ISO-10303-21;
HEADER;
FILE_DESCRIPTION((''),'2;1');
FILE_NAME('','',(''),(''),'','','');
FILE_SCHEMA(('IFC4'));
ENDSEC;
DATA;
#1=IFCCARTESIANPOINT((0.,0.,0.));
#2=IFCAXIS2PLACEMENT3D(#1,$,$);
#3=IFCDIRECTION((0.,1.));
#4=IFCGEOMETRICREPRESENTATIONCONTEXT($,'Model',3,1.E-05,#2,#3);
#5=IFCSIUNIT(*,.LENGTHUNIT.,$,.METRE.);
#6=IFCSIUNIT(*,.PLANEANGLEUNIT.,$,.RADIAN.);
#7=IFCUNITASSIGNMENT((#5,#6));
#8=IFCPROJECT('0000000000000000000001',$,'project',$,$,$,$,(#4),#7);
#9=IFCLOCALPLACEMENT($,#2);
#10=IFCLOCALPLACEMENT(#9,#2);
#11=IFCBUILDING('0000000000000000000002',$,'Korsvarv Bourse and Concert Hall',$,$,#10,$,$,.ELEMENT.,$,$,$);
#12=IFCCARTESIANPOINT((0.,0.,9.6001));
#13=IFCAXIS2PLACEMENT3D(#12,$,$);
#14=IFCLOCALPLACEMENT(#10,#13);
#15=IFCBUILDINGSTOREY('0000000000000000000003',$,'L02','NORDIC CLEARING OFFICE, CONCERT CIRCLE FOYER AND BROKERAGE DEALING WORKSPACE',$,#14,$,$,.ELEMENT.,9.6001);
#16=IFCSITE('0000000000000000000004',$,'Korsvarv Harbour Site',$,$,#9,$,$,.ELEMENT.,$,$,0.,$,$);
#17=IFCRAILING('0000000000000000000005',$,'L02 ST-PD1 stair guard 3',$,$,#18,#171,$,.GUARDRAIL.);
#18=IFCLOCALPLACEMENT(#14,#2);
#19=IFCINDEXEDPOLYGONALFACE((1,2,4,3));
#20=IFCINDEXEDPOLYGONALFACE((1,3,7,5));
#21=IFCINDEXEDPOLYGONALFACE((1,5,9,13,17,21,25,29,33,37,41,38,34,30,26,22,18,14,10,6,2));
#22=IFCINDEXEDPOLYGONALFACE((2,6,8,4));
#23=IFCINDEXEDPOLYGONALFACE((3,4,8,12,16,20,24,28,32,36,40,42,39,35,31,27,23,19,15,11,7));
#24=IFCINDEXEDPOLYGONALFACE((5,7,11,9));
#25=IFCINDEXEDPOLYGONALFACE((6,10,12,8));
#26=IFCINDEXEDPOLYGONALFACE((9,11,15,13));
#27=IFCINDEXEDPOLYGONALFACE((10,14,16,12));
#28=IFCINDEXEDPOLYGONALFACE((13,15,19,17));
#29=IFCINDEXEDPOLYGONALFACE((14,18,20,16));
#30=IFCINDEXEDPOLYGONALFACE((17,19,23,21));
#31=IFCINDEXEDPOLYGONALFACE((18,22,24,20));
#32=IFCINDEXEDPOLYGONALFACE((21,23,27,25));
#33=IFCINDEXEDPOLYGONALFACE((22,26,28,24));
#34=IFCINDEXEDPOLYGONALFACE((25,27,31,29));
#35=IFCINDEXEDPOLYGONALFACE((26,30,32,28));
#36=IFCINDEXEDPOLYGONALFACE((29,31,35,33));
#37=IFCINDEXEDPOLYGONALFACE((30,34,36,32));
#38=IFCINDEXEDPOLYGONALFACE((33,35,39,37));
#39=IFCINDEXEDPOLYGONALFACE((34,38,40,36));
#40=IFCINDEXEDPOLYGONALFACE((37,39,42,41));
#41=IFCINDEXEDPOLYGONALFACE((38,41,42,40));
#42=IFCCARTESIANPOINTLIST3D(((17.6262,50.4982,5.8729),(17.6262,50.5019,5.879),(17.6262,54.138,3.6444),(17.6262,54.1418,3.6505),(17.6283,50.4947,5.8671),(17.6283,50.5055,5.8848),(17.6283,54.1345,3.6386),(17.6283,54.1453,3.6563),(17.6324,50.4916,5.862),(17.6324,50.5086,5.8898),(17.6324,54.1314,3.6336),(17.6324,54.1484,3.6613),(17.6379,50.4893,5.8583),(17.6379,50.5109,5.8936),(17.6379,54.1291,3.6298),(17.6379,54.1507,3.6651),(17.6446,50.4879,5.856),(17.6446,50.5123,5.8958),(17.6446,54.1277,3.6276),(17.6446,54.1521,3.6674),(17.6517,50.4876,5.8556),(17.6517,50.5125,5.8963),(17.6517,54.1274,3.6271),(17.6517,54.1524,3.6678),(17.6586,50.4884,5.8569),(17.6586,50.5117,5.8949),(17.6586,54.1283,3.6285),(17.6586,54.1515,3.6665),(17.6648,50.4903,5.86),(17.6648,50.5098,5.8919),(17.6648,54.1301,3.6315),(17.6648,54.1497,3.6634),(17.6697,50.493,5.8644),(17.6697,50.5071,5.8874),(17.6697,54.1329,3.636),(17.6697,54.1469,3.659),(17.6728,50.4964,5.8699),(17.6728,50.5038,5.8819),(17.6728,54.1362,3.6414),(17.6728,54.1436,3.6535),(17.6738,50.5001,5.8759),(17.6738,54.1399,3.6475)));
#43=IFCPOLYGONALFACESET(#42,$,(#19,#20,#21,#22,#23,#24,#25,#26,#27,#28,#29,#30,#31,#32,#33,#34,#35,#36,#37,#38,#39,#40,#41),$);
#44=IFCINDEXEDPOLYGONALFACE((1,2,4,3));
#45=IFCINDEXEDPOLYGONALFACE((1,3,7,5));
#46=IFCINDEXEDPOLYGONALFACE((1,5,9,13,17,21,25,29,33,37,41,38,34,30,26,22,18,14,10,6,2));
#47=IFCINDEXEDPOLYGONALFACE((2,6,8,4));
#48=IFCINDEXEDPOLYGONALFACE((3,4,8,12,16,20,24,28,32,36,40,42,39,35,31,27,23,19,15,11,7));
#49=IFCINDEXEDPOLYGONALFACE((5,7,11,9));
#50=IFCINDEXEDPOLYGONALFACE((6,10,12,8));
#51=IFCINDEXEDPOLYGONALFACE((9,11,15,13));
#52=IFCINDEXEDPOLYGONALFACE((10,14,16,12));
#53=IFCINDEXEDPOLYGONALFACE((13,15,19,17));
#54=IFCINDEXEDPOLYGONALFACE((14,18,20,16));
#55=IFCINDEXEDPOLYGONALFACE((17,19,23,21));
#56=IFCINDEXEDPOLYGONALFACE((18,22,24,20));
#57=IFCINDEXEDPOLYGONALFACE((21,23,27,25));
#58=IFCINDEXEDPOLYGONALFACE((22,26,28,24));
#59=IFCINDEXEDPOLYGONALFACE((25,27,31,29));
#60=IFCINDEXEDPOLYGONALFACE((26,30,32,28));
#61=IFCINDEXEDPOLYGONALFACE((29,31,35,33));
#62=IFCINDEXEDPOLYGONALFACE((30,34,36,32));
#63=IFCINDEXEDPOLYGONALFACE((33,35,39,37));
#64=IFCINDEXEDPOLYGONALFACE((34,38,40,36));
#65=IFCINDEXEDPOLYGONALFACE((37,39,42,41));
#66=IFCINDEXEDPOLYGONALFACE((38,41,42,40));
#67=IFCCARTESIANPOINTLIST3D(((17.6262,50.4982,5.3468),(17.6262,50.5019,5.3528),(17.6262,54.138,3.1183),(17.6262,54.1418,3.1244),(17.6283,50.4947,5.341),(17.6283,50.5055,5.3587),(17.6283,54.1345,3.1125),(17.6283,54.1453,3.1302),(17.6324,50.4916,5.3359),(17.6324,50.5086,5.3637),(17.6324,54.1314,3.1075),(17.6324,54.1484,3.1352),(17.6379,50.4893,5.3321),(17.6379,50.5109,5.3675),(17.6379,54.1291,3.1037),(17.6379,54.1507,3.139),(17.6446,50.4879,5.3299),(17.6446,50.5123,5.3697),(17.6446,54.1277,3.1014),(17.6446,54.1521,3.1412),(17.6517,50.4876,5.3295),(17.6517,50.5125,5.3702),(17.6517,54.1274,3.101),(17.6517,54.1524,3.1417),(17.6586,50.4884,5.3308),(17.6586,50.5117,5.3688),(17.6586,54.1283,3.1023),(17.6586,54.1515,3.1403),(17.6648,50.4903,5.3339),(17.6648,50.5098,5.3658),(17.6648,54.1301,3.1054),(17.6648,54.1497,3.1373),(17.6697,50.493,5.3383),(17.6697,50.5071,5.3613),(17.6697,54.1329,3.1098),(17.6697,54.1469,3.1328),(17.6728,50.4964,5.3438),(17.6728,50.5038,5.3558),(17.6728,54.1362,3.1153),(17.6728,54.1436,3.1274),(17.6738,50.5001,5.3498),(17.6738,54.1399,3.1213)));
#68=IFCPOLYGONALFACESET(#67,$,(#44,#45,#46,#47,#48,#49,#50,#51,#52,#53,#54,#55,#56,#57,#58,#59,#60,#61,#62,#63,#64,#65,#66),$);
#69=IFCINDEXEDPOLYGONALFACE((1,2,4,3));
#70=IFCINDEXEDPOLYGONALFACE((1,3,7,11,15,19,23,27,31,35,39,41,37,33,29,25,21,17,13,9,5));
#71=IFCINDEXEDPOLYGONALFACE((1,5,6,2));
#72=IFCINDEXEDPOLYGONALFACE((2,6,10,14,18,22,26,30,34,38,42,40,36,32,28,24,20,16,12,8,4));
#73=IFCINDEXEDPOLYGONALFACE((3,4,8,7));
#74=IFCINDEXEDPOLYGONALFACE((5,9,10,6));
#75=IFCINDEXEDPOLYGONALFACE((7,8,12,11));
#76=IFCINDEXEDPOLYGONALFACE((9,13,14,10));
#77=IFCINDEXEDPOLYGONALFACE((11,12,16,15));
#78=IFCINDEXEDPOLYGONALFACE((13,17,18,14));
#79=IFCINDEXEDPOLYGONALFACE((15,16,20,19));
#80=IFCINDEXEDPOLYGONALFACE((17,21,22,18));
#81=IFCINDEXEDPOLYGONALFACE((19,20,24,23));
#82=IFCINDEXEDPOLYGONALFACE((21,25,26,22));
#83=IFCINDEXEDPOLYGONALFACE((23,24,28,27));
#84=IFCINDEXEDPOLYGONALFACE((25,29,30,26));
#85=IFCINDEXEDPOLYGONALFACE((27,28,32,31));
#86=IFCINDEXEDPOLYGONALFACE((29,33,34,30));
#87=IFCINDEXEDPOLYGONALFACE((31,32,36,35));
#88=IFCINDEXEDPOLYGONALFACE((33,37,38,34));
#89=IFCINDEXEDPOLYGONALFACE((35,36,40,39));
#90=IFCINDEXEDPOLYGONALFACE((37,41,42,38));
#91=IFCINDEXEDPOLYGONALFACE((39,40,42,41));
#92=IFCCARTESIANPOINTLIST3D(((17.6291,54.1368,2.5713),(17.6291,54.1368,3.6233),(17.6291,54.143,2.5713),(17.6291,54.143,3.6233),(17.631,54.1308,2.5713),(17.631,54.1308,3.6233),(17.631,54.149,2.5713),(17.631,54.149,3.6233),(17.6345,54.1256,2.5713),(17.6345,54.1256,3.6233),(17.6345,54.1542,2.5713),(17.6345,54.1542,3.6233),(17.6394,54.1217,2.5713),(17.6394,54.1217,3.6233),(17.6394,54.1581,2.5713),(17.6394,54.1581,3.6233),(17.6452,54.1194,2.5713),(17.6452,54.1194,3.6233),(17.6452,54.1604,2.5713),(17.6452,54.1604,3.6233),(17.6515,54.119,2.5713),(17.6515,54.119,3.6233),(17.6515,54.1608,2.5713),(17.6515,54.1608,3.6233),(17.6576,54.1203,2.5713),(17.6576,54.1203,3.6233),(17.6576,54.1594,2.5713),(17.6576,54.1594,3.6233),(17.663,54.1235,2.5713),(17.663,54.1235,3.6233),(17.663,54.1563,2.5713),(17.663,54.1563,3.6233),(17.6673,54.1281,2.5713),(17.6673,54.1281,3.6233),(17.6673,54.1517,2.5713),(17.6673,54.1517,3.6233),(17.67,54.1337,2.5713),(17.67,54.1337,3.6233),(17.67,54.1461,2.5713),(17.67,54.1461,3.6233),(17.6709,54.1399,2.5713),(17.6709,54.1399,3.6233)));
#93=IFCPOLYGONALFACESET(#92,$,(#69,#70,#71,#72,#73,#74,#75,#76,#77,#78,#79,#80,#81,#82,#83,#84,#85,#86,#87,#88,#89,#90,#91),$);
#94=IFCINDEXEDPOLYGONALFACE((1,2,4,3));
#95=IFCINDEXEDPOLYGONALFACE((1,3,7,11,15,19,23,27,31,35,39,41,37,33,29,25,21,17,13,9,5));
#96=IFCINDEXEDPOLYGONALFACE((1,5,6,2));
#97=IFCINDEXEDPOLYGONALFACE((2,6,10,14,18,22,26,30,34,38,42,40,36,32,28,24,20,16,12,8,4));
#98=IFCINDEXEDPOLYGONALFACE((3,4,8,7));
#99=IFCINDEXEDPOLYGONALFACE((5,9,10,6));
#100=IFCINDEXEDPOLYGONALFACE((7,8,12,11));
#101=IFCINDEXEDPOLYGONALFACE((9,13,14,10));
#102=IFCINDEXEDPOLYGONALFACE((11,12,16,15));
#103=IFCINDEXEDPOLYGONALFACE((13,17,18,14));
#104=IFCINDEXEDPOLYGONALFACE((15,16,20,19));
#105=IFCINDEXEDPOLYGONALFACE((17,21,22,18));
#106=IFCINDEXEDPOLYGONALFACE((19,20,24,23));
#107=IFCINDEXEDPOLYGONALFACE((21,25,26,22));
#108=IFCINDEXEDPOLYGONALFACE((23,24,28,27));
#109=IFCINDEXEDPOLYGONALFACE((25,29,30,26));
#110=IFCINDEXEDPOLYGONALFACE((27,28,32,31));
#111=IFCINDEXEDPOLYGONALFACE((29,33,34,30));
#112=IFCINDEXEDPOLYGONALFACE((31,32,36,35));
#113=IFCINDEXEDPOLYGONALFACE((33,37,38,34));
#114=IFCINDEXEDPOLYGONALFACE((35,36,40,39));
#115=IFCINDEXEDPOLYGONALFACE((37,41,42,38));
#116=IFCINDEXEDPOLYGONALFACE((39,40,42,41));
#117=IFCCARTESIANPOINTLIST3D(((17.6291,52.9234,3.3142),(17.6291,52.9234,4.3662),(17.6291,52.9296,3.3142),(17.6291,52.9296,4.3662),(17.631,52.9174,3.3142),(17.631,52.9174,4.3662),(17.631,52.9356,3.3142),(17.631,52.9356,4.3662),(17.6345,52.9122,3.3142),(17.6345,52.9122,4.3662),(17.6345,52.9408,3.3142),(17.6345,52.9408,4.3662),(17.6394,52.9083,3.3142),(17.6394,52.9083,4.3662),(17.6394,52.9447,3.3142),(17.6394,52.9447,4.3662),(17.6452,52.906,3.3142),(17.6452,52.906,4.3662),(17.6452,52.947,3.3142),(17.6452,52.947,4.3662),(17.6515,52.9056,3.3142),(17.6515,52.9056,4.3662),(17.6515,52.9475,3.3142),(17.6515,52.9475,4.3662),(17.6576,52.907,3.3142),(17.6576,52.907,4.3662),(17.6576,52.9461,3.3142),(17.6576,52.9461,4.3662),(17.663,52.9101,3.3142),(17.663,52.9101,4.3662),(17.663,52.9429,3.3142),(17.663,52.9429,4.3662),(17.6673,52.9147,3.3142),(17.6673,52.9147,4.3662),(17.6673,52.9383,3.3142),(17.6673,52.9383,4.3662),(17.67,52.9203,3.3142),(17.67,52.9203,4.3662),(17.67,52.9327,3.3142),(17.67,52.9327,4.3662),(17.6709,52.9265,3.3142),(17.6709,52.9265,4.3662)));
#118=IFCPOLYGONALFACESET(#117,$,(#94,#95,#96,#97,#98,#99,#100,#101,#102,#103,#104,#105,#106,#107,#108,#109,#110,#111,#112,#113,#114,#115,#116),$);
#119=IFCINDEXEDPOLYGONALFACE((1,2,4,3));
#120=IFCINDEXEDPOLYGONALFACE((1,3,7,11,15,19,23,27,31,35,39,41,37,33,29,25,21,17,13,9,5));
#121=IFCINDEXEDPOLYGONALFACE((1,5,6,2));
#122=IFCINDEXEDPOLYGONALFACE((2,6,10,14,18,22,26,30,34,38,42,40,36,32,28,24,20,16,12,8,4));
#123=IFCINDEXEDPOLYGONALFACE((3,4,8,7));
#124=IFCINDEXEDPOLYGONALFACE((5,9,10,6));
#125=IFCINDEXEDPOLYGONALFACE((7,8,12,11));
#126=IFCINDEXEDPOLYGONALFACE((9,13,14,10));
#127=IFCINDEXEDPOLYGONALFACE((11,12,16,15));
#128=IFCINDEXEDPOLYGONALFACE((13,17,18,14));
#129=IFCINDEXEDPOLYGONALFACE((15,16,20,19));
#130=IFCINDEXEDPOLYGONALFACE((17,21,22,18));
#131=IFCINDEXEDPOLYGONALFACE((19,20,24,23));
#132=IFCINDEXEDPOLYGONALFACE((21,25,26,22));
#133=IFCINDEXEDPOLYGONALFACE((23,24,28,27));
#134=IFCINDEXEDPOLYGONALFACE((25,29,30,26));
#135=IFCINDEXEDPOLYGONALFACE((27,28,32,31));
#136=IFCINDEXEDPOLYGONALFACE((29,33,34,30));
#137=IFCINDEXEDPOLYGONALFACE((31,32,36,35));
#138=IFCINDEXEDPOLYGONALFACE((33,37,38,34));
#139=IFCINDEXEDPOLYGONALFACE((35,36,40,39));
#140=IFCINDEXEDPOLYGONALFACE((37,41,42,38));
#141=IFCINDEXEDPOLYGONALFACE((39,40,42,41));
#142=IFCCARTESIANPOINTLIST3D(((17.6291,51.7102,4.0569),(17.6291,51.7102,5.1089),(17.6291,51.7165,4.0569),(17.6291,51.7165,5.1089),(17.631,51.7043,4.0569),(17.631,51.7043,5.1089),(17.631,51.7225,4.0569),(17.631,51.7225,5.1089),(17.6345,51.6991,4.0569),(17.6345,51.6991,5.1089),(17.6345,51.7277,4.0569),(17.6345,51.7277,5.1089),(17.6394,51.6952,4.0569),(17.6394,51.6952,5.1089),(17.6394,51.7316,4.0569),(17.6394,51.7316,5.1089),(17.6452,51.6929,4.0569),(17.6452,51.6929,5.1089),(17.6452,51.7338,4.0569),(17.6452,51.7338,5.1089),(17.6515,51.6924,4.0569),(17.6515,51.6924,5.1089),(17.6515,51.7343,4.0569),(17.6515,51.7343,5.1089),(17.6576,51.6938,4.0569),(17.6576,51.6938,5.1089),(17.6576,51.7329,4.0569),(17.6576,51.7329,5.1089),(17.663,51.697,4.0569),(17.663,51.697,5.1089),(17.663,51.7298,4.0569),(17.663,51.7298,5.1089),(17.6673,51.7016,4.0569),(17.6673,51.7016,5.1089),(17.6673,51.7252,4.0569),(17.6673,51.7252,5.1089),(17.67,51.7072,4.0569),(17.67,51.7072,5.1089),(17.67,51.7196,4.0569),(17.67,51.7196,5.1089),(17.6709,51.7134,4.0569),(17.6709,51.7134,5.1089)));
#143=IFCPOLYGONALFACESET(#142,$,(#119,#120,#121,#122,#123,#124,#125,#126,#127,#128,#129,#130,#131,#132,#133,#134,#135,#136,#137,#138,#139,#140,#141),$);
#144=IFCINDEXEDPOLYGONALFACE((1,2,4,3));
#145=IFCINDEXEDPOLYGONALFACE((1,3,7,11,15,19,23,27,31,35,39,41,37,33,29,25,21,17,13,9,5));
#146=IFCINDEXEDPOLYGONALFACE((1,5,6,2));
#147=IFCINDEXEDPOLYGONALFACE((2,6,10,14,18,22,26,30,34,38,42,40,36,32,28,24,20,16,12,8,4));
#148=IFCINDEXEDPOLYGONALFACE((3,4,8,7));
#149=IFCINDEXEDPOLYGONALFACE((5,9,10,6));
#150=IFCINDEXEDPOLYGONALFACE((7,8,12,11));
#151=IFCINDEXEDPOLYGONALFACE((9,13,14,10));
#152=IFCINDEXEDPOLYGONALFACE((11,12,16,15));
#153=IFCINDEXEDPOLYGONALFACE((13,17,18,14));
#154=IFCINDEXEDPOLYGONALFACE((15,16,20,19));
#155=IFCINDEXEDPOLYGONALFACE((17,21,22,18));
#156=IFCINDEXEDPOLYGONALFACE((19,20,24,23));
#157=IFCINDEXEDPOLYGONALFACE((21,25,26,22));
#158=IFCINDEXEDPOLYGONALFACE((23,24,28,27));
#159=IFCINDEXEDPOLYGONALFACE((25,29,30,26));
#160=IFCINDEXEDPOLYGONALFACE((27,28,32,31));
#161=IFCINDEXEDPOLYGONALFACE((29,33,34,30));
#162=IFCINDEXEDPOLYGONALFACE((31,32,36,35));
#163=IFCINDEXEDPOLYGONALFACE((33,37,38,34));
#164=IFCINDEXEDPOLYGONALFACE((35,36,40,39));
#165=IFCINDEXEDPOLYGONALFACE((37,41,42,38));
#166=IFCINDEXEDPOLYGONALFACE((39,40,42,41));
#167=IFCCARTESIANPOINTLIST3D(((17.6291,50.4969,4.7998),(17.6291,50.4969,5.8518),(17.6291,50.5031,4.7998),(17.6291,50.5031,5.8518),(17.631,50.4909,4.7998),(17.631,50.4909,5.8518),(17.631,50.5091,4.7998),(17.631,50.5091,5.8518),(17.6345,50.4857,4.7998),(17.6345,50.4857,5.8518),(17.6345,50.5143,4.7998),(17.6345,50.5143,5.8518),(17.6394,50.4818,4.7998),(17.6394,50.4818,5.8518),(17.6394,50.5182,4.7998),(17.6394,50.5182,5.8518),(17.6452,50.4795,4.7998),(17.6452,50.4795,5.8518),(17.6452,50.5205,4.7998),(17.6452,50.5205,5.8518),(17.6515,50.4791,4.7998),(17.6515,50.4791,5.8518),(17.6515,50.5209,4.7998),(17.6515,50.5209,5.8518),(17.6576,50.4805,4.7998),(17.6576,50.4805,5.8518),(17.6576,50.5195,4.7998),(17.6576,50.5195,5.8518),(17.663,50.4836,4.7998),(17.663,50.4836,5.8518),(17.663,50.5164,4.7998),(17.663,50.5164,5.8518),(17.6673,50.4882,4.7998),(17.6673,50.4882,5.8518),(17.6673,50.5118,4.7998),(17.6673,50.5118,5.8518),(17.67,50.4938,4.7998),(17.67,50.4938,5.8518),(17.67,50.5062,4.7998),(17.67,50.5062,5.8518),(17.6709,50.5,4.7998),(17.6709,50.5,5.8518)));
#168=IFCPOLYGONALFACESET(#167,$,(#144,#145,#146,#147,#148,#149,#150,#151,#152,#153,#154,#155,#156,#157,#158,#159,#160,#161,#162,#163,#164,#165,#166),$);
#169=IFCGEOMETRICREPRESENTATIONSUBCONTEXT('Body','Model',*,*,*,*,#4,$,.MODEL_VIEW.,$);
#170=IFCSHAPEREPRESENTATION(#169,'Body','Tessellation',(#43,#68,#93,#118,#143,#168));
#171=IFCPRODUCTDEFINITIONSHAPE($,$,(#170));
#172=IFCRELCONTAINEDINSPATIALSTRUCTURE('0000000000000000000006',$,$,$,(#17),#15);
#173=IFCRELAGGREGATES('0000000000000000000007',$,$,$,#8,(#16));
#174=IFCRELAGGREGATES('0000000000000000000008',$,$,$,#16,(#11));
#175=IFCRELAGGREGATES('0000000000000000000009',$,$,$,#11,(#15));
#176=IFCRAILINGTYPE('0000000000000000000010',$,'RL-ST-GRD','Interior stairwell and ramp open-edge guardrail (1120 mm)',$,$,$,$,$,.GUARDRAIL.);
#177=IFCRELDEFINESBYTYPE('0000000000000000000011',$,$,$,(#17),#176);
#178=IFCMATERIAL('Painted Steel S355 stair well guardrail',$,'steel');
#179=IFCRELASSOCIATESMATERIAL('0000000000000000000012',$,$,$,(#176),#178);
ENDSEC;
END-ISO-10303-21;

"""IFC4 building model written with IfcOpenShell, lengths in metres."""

from ifc_helpers import new_model, si_unit, direction, frame, origin, origin_2d, place, context, subcontext, project, spatial, circle, extrude, material, type_object, element, save


model = new_model("IFC4")

# Units and contexts
model_context = context("Model", 3, precision=1e-05, world=origin(), true_north=direction((0.0, 1.0)))
body_context = subcontext(model_context, "Body", "Model", "MODEL_VIEW")
ifc_project = project(units=[si_unit("LENGTHUNIT", "METRE"), si_unit("PLANEANGLEUNIT", "RADIAN")], contexts=[model_context])

# Site, building, storey
site_placement = place(None, origin())
site = spatial("IfcSite", under=ifc_project, at=site_placement, Name="Korsvarv Harbour Site", CompositionType="ELEMENT", RefElevation=0.0)
building_placement = place(site_placement, origin())
building = spatial("IfcBuilding", under=site, at=building_placement, Name="Korsvarv Bourse and Concert Hall", CompositionType="ELEMENT")
storey_placement = place(building_placement, frame((0.0, 0.0, 9.6001)))
storey = spatial("IfcBuildingStorey", under=building, at=storey_placement, Name="L02", Description="NORDIC CLEARING OFFICE, CONCERT CIRCLE FOYER AND BROKERAGE DEALING WORKSPACE", CompositionType="ELEMENT", Elevation=9.6001)

# Railing
ifc_material_1 = material(Name="Painted Steel S355 stair well guardrail", Category="steel")
railing_type_1 = type_object("IfcRailingType", Name="RL-ST-GRD", Description="Interior stairwell and ramp open-edge guardrail (1120 mm)", PredefinedType="GUARDRAIL", material=ifc_material_1)
railing_1_placement = place(storey_placement, frame((17.6499, 54.1399, 2.5713)))
element("IfcRailing", 1, at=railing_1_placement, inside=storey, type_object=railing_type_1, Name="L02 ST-PD1 stair guard 3", PredefinedType="GUARDRAIL", context=body_context, shape_type="SweptSolid", body=[
    extrude(circle(Radius=0.0239, at=origin_2d()), frame((0.0, 0.0, 1.0762), z_axis=(0.0, -0.85285, 0.522156), x_axis=(1.0, 0.0, 0.0)), (0.0, 0.0, 1.0), 4.2678),
    extrude(circle(Radius=0.0239, at=origin_2d()), frame((0.0, 0.0, 0.55), z_axis=(0.0, -0.85285, 0.522156), x_axis=(1.0, 0.0, 0.0)), (0.0, 0.0, 1.0), 4.2678),
    extrude(circle(Radius=0.021, at=origin_2d()), origin(), (0.0, 0.0, 1.0), 1.052),
    extrude(circle(Radius=0.021, at=origin_2d()), frame((0.0, -1.2134, 0.7429)), (0.0, 0.0, 1.0), 1.052),
    extrude(circle(Radius=0.021, at=origin_2d()), frame((0.0, -2.4265, 1.4856)), (0.0, 0.0, 1.0), 1.052),
    extrude(circle(Radius=0.021, at=origin_2d()), frame((0.0, -3.6399, 2.2285)), (0.0, 0.0, 1.0), 1.052),
])

save(model, "model.ifc")
